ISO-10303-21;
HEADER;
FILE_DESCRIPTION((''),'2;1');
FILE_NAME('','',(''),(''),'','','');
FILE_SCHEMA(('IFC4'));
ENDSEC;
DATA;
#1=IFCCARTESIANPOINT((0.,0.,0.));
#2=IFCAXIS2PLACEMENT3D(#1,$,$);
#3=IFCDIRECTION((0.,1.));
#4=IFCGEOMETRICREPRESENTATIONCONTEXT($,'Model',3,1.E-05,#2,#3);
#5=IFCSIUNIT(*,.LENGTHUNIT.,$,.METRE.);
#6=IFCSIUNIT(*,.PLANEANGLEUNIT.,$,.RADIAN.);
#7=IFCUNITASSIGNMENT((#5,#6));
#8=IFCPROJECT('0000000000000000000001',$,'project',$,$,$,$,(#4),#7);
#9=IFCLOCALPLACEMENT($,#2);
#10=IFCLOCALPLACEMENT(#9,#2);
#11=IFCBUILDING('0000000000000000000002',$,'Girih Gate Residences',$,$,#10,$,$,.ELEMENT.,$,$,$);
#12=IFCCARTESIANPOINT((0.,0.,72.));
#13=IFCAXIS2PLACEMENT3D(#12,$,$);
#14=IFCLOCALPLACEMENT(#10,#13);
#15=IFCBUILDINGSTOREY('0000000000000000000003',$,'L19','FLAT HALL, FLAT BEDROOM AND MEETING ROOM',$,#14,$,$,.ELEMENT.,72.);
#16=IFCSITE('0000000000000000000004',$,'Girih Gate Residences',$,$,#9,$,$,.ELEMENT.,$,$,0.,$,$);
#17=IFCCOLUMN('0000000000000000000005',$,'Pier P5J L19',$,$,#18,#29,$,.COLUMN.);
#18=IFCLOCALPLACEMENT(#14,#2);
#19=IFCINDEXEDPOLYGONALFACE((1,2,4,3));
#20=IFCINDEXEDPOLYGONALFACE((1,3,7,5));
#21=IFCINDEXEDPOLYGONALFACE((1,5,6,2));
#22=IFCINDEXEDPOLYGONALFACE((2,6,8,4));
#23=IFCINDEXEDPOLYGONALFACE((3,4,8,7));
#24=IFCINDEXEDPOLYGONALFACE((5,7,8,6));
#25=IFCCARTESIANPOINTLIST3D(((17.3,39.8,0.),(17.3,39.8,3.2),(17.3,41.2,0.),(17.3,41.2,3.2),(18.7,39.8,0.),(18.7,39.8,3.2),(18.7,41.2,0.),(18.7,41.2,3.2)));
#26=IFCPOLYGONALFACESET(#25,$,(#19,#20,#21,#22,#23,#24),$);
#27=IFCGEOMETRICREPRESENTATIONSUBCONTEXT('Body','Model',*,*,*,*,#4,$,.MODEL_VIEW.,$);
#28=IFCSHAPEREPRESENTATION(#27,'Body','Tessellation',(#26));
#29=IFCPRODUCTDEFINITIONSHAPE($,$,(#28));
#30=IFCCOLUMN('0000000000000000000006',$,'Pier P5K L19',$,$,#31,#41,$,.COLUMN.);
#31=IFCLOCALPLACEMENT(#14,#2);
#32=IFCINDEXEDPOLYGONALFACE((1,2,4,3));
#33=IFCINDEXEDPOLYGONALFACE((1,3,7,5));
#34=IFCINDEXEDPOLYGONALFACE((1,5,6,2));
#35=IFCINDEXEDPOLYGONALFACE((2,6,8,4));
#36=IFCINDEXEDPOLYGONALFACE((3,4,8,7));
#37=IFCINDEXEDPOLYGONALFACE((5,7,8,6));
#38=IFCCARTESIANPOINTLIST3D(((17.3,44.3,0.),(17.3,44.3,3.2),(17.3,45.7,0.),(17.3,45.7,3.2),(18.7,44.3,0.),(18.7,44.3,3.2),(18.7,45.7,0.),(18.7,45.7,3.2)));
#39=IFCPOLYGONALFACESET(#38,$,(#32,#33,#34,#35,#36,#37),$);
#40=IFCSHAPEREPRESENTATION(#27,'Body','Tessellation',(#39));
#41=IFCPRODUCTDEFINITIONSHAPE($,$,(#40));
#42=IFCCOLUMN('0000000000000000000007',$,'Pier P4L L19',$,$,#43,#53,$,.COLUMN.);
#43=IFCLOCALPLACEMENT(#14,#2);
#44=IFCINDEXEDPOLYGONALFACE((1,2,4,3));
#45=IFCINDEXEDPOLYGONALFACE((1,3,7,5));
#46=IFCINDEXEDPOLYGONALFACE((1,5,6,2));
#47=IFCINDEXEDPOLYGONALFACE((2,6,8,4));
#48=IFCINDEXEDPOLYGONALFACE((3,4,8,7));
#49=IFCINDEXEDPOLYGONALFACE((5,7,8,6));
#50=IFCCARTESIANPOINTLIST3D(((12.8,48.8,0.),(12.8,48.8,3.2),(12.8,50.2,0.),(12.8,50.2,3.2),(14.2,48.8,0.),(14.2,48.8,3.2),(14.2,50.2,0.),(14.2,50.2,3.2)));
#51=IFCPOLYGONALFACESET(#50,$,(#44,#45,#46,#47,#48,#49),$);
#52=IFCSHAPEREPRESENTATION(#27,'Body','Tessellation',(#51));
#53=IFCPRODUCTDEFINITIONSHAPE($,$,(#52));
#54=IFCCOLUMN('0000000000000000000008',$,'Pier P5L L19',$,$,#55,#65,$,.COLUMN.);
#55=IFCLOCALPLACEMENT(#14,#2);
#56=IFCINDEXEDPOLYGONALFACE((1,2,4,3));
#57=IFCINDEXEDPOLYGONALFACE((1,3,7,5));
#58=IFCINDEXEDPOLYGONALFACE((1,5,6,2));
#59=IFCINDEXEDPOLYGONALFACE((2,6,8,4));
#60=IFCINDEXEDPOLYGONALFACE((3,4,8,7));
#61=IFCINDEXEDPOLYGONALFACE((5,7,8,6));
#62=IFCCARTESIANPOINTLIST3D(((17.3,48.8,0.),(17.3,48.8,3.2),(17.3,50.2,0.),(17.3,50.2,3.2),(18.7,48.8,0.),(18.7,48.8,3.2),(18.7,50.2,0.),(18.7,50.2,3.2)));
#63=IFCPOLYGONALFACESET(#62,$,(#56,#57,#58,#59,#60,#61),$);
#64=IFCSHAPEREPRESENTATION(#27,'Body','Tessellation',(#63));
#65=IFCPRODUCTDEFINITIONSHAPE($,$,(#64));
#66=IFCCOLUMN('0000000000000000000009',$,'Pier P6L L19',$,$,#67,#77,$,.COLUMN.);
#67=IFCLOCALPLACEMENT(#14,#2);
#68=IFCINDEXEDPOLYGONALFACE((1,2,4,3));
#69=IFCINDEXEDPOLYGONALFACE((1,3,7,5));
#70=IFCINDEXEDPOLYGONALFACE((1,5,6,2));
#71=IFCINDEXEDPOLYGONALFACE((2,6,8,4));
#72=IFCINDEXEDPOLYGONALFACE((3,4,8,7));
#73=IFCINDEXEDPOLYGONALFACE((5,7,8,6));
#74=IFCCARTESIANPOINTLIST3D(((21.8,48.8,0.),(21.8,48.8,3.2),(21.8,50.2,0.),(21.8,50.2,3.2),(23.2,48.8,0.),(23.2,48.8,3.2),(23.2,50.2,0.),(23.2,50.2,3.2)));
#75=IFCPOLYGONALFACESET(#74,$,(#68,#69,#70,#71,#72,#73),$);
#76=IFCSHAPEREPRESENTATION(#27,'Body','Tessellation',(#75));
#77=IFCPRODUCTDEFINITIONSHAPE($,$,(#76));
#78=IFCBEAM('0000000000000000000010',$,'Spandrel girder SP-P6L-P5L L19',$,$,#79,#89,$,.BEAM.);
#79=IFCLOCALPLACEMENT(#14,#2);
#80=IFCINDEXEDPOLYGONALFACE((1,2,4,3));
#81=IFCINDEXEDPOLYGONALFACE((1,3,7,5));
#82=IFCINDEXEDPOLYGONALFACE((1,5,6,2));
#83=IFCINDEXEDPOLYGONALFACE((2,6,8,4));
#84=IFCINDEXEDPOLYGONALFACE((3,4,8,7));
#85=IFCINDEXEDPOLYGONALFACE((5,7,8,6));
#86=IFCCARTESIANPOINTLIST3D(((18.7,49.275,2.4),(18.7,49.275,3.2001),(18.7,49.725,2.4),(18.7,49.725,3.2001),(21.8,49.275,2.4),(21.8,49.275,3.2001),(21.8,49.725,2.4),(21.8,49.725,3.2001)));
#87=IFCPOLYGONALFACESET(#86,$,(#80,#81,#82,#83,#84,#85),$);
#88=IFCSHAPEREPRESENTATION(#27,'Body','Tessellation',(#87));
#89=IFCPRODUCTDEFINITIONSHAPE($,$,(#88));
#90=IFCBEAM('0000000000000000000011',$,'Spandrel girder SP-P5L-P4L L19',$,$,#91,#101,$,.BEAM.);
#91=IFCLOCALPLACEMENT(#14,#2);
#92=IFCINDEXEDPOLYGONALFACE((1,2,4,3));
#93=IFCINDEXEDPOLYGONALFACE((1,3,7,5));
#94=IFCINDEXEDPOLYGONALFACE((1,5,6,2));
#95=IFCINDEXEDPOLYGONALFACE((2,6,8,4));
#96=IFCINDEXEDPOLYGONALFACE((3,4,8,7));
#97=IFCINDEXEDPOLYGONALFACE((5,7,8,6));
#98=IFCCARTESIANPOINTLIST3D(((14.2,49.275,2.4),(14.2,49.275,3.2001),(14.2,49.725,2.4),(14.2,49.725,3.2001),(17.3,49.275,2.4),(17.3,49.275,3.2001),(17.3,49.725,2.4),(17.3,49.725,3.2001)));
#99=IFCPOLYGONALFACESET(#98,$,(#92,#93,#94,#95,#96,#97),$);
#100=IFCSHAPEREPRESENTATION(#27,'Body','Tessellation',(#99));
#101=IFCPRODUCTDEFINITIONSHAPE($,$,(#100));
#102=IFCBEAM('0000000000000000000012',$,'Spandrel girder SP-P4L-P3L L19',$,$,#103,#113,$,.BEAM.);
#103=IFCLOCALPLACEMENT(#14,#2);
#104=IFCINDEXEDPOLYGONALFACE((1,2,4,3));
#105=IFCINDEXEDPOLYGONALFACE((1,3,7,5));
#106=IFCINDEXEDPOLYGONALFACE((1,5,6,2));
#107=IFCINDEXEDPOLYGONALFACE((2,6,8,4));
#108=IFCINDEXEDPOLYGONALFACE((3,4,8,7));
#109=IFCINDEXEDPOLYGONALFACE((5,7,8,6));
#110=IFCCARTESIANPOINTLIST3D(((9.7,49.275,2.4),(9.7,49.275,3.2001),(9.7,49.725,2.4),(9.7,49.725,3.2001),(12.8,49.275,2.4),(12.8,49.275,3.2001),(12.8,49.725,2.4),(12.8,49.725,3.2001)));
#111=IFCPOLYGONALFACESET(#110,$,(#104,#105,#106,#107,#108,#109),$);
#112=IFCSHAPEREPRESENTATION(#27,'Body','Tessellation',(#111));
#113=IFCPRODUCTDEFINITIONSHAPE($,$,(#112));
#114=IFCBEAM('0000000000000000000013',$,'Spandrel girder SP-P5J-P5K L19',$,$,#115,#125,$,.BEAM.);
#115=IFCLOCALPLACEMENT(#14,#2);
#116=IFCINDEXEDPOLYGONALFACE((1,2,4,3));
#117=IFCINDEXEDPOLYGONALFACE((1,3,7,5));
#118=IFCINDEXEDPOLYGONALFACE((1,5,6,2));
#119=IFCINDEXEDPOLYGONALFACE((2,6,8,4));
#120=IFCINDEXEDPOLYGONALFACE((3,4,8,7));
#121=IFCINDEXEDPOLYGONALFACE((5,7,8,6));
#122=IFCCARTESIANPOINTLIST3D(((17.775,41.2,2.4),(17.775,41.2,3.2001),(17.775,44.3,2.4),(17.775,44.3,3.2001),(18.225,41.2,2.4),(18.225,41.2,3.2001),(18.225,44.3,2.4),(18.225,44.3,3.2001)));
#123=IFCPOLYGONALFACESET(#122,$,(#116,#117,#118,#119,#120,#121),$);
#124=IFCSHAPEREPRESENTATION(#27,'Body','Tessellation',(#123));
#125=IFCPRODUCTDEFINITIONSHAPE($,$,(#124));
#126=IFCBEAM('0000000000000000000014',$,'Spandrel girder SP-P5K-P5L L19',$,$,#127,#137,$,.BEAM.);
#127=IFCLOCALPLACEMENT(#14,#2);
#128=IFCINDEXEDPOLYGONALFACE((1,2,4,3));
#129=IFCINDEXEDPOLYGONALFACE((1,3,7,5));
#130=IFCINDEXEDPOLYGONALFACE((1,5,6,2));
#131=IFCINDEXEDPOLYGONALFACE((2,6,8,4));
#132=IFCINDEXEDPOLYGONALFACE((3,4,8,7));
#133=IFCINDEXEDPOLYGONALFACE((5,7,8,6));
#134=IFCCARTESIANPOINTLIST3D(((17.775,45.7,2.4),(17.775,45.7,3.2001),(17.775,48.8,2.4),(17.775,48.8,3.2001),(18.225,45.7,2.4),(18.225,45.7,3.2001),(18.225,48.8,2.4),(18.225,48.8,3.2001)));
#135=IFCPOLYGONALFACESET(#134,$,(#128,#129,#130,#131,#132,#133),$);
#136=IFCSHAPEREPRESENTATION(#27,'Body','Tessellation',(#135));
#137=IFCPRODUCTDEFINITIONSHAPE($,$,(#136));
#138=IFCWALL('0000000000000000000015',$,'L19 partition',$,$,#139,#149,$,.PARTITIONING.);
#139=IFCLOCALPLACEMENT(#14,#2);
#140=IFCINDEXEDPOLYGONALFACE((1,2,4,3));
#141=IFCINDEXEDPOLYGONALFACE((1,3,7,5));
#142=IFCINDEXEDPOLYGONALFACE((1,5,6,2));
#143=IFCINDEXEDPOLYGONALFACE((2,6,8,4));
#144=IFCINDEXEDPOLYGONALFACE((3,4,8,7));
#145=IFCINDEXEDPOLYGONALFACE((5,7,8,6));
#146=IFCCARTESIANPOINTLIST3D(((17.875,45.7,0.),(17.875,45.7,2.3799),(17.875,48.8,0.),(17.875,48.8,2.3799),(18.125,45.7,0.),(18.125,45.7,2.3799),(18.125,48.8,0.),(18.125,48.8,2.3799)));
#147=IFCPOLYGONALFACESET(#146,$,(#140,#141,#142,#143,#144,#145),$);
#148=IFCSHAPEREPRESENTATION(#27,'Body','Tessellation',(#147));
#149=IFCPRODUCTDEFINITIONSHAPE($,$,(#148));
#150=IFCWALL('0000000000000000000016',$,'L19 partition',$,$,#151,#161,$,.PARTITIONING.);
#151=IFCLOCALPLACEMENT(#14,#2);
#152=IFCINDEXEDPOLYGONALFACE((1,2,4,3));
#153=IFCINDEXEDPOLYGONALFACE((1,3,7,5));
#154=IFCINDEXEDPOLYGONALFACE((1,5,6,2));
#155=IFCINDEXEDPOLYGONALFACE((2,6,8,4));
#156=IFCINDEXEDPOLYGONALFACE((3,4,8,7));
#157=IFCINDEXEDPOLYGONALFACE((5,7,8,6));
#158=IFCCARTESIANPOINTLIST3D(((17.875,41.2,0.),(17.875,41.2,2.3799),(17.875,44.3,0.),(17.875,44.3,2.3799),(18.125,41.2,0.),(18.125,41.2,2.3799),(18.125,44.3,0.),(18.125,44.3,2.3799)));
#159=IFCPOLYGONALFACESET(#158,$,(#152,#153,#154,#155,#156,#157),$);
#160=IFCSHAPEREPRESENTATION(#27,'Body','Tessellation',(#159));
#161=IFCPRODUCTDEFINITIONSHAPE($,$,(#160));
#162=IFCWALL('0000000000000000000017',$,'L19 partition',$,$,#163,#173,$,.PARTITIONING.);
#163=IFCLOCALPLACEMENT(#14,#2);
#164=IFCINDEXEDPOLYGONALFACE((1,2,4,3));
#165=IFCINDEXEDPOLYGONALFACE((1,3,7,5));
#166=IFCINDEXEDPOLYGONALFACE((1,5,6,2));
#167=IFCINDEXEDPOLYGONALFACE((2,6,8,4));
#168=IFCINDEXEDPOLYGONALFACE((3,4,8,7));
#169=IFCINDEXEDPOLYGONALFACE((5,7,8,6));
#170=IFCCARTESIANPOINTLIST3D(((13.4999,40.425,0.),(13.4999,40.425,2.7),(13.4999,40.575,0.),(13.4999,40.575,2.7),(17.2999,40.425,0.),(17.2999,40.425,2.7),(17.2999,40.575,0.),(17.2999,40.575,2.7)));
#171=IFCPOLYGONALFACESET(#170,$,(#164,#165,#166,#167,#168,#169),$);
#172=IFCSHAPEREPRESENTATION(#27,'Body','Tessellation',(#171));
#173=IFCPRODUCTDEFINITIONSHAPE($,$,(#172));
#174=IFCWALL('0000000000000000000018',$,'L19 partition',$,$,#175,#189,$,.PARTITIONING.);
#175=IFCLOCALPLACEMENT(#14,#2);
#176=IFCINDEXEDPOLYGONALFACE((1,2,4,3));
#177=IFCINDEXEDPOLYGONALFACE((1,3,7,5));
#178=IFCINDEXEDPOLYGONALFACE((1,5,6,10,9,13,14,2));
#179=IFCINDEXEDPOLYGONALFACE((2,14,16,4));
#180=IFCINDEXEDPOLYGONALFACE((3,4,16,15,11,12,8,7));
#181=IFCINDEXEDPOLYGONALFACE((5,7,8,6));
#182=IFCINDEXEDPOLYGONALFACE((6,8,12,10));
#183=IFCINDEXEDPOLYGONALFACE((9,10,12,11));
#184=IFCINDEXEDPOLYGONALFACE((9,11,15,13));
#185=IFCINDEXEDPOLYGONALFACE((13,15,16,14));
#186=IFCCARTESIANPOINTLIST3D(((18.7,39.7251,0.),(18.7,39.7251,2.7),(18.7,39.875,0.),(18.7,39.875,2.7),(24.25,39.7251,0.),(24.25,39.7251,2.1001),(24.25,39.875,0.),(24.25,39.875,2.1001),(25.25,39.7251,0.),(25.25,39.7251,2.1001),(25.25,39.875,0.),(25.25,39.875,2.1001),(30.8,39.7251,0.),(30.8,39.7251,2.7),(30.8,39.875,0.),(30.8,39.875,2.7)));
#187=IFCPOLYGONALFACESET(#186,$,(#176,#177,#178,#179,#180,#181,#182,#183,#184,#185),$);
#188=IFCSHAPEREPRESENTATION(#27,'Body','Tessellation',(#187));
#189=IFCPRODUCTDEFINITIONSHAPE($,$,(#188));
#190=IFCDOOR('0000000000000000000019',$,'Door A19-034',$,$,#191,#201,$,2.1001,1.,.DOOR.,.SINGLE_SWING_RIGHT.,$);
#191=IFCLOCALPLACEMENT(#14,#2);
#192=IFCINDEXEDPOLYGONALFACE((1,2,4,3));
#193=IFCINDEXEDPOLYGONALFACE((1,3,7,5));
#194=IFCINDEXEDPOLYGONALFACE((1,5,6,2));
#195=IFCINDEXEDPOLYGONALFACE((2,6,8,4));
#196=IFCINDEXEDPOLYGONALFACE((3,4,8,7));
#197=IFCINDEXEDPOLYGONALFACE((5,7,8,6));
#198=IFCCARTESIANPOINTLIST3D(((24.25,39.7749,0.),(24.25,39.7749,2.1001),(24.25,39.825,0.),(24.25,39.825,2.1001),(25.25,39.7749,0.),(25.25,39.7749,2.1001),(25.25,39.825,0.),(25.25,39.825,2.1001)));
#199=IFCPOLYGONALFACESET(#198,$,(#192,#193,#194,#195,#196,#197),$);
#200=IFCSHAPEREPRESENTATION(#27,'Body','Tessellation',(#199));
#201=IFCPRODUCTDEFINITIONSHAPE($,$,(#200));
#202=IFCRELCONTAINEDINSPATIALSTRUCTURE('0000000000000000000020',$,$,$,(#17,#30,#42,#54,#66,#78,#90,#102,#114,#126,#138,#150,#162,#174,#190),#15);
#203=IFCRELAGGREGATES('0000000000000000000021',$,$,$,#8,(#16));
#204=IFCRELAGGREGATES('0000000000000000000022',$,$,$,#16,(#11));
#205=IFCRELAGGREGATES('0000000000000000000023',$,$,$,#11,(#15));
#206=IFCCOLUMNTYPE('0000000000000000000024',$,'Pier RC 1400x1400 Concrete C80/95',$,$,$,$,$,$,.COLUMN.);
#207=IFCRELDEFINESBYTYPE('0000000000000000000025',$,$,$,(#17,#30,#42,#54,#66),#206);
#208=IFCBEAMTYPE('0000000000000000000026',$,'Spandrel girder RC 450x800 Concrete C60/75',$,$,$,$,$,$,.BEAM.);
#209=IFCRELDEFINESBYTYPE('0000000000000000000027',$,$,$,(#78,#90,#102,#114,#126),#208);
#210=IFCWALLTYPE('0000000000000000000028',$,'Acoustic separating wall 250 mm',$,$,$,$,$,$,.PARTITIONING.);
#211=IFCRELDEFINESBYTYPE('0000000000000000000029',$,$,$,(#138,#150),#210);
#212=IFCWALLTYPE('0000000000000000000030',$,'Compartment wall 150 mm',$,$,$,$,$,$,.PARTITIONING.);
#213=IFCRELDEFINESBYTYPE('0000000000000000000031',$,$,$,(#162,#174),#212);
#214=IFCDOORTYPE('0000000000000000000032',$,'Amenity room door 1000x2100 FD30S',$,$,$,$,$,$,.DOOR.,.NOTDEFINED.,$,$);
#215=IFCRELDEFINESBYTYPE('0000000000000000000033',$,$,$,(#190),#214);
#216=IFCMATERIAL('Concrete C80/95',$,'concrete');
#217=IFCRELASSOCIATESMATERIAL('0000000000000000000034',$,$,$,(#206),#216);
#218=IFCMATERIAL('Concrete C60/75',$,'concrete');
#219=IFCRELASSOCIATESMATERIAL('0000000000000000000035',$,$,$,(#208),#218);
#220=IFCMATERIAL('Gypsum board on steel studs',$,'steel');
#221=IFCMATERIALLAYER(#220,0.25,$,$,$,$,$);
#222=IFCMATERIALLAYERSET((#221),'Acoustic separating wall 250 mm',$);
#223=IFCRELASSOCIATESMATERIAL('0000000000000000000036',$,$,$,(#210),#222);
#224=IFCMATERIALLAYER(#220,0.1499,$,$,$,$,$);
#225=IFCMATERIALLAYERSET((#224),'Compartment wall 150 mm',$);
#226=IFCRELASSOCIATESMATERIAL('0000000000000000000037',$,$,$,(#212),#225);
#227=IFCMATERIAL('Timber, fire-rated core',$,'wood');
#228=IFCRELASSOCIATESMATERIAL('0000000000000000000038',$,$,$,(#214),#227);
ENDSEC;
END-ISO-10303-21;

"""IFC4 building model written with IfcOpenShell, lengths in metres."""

from ifc_helpers import new_model, si_unit, direction, frame, frame_2d, origin, origin_2d, place, context, subcontext, project, spatial, rectangle, extrude, material, layer, layer_set, material_profile, profile_set, type_object, element, fill, save


model = new_model("IFC4")

# Units and contexts
model_context = context("Model", 3, precision=1e-05, world=origin(), true_north=direction((0.0, 1.0)))
body_context = subcontext(model_context, "Body", "Model", "MODEL_VIEW")
ifc_project = project(units=[si_unit("LENGTHUNIT", "METRE"), si_unit("PLANEANGLEUNIT", "RADIAN")], contexts=[model_context])

# Site, building, storey
site_placement = place(None, origin())
site = spatial("IfcSite", under=ifc_project, at=site_placement, Name="Girih Gate Residences", CompositionType="ELEMENT", RefElevation=0.0)
building_placement = place(site_placement, origin())
building = spatial("IfcBuilding", under=site, at=building_placement, Name="Girih Gate Residences", CompositionType="ELEMENT")
storey_placement = place(building_placement, frame((0.0, 0.0, 72.0)))
storey = spatial("IfcBuildingStorey", under=building, at=storey_placement, Name="L19", Description="FLAT HALL, FLAT BEDROOM AND MEETING ROOM", CompositionType="ELEMENT", Elevation=72.0)

# Columns
ifc_material_1 = material(Name="Concrete C80/95", Category="concrete")
ifc_material_profile_1 = material_profile(ifc_material_1, rectangle(XDim=1.3999, YDim=1.3999, at=origin_2d()))
ifc_profile_set_1 = profile_set([ifc_material_profile_1], Name="Concrete C80/95")
column_type = type_object("IfcColumnType", Name="Pier RC 1400x1400 Concrete C80/95", PredefinedType="COLUMN", material=ifc_profile_set_1)
for number, where, z_axis, x_axis, name in (
    (1, (18.0, 40.5, 0.0), (0.0, 0.0, 1.0), (1.0, 0.0, 0.0), "Pier P5J L19"),
    (2, (18.0, 45.0, 0.0), (0.0, 0.0, 1.0), (1.0, 0.0, 0.0), "Pier P5K L19"),
    (3, (13.5, 49.5, 0.0), (0.0, 0.0, 1.0), (1.0, 0.0, 0.0), "Pier P4L L19"),
    (4, (18.0, 49.5, 0.0), (0.0, 0.0, 1.0), (1.0, 0.0, 0.0), "Pier P5L L19"),
    (5, (22.5, 49.5, 0.0), (0.0, 0.0, 1.0), (1.0, 0.0, 0.0), "Pier P6L L19"),
):
    element("IfcColumn", number, at=place(storey_placement, frame(where, z_axis=z_axis, x_axis=x_axis)), inside=storey, type_object=column_type, Name=name, PredefinedType="COLUMN", context=body_context, shape_type="SweptSolid", body=[
        extrude(rectangle(XDim=1.3999, YDim=1.3999, at=origin_2d()), origin(), (0.0, 0.0, 1.0), 3.2),
    ])

# Beams
ifc_material_2 = material(Name="Concrete C60/75", Category="concrete")
ifc_material_profile_2 = material_profile(ifc_material_2, rectangle(XDim=0.45, YDim=0.8, at=origin_2d()))
ifc_profile_set_2 = profile_set([ifc_material_profile_2], Name="Concrete C60/75")
beam_type = type_object("IfcBeamType", Name="Spandrel girder RC 450x800 Concrete C60/75", PredefinedType="BEAM", material=ifc_profile_set_2)
for number, where, z_axis, x_axis, name in (
    (6, (21.8, 49.5, 2.8), (-1.0, 0.0, 0.0), (0.0, -1.0, 0.0), "Spandrel girder SP-P6L-P5L L19"),
    (7, (17.3, 49.5, 2.8), (-1.0, 0.0, 0.0), (0.0, -1.0, 0.0), "Spandrel girder SP-P5L-P4L L19"),
    (8, (12.8, 49.5, 2.8), (-1.0, 0.0, 0.0), (0.0, -1.0, 0.0), "Spandrel girder SP-P4L-P3L L19"),
    (9, (18.0, 41.2, 2.8), (0.0, 1.0, 0.0), (-1.0, 0.0, 0.0), "Spandrel girder SP-P5J-P5K L19"),
    (10, (18.0, 45.7, 2.8), (0.0, 1.0, 0.0), (-1.0, 0.0, 0.0), "Spandrel girder SP-P5K-P5L L19"),
):
    element("IfcBeam", number, at=place(storey_placement, frame(where, z_axis=z_axis, x_axis=x_axis)), inside=storey, type_object=beam_type, Name=name, PredefinedType="BEAM", context=body_context, shape_type="SweptSolid", body=[
        extrude(rectangle(XDim=0.45, YDim=0.8, at=origin_2d()), origin(), (0.0, 0.0, 1.0), 3.1001),
    ])

# Walls
ifc_material_3 = material(Name="Gypsum board on steel studs", Category="steel")
ifc_layer_1 = layer(ifc_material_3, 0.25)
ifc_layer_set_1 = layer_set([ifc_layer_1], Name="Acoustic separating wall 250 mm")
wall_type_1 = type_object("IfcWallType", Name="Acoustic separating wall 250 mm", PredefinedType="PARTITIONING", material=ifc_layer_set_1)
for number, where, z_axis, x_axis, name in (
    (11, (18.0, 45.7, 0.0), (0.0, 0.0, 1.0), (0.0, 1.0, 0.0), "L19 partition"),
    (12, (18.0, 41.2, 0.0), (0.0, 0.0, 1.0), (0.0, 1.0, 0.0), "L19 partition"),
):
    element("IfcWall", number, at=place(storey_placement, frame(where, z_axis=z_axis, x_axis=x_axis)), inside=storey, type_object=wall_type_1, Name=name, PredefinedType="PARTITIONING", context=body_context, shape_type="SweptSolid", body=[
        extrude(rectangle(XDim=3.1001, YDim=0.25, at=frame_2d((1.55, 0.0))), origin(), (0.0, 0.0, 1.0), 2.3799),
    ])
ifc_layer_2 = layer(ifc_material_3, 0.1499)
ifc_layer_set_2 = layer_set([ifc_layer_2], Name="Compartment wall 150 mm")
wall_type_2 = type_object("IfcWallType", Name="Compartment wall 150 mm", PredefinedType="PARTITIONING", material=ifc_layer_set_2)
wall_1_placement = place(storey_placement, frame((13.5, 40.5, 0.0), z_axis=(0.0, 0.0, 1.0), x_axis=(1.0, 0.0, 0.0)))
element("IfcWall", 13, at=wall_1_placement, inside=storey, type_object=wall_type_2, Name="L19 partition", PredefinedType="PARTITIONING", context=body_context, shape_type="SweptSolid", body=[
    extrude(rectangle(XDim=3.8, YDim=0.1499, at=frame_2d((1.8999, 0.0))), origin(), (0.0, 0.0, 1.0), 2.7),
])

# Wall, opening, door
wall_2_placement = place(storey_placement, frame((18.7, 39.8, 0.0), z_axis=(0.0, 0.0, 1.0), x_axis=(1.0, 0.0, 0.0)))
wall_2 = element("IfcWall", 14, at=wall_2_placement, inside=storey, type_object=wall_type_2, Name="L19 partition", PredefinedType="PARTITIONING", context=body_context, shape_type="SweptSolid", body=[
    extrude(rectangle(XDim=12.1001, YDim=0.1499, at=frame_2d((6.05, 0.0))), origin(), (0.0, 0.0, 1.0), 2.7),
])
opening_1_placement = place(wall_2_placement, frame((5.55, 0.0, 0.0)))
opening_1 = element("IfcOpeningElement", 15, at=opening_1_placement, cuts=wall_2, PredefinedType="OPENING", context=body_context, shape_type="SweptSolid", body=[
    extrude(rectangle(XDim=1.0, YDim=2.1001, at=frame_2d((0.5, 1.05))), frame((0.0, 0.085, 0.0), z_axis=(0.0, -1.0, 0.0), x_axis=(1.0, 0.0, 0.0)), (0.0, 0.0, 1.0), 0.1699),
])
ifc_material_4 = material(Name="Timber, fire-rated core", Category="wood")
door_type_1 = type_object("IfcDoorType", Name="Amenity room door 1000x2100 FD30S", OperationType="NOTDEFINED", PredefinedType="DOOR", material=ifc_material_4)
door_1_placement = place(opening_1_placement, origin())
door_1 = element("IfcDoor", 16, at=door_1_placement, inside=storey, type_object=door_type_1, Name="Door A19-034", OperationType="SINGLE_SWING_RIGHT", OverallHeight=2.1001, OverallWidth=1.0, PredefinedType="DOOR", context=body_context, shape_type="SweptSolid", body=[
    extrude(rectangle(XDim=1.0, YDim=2.1001, at=frame_2d((0.5, 1.05))), frame((0.0, 0.0249, 0.0), z_axis=(0.0, -1.0, 0.0), x_axis=(1.0, 0.0, 0.0)), (0.0, 0.0, 1.0), 0.05),
])
fill(opening_1, door_1)

save(model, "model.ifc")
